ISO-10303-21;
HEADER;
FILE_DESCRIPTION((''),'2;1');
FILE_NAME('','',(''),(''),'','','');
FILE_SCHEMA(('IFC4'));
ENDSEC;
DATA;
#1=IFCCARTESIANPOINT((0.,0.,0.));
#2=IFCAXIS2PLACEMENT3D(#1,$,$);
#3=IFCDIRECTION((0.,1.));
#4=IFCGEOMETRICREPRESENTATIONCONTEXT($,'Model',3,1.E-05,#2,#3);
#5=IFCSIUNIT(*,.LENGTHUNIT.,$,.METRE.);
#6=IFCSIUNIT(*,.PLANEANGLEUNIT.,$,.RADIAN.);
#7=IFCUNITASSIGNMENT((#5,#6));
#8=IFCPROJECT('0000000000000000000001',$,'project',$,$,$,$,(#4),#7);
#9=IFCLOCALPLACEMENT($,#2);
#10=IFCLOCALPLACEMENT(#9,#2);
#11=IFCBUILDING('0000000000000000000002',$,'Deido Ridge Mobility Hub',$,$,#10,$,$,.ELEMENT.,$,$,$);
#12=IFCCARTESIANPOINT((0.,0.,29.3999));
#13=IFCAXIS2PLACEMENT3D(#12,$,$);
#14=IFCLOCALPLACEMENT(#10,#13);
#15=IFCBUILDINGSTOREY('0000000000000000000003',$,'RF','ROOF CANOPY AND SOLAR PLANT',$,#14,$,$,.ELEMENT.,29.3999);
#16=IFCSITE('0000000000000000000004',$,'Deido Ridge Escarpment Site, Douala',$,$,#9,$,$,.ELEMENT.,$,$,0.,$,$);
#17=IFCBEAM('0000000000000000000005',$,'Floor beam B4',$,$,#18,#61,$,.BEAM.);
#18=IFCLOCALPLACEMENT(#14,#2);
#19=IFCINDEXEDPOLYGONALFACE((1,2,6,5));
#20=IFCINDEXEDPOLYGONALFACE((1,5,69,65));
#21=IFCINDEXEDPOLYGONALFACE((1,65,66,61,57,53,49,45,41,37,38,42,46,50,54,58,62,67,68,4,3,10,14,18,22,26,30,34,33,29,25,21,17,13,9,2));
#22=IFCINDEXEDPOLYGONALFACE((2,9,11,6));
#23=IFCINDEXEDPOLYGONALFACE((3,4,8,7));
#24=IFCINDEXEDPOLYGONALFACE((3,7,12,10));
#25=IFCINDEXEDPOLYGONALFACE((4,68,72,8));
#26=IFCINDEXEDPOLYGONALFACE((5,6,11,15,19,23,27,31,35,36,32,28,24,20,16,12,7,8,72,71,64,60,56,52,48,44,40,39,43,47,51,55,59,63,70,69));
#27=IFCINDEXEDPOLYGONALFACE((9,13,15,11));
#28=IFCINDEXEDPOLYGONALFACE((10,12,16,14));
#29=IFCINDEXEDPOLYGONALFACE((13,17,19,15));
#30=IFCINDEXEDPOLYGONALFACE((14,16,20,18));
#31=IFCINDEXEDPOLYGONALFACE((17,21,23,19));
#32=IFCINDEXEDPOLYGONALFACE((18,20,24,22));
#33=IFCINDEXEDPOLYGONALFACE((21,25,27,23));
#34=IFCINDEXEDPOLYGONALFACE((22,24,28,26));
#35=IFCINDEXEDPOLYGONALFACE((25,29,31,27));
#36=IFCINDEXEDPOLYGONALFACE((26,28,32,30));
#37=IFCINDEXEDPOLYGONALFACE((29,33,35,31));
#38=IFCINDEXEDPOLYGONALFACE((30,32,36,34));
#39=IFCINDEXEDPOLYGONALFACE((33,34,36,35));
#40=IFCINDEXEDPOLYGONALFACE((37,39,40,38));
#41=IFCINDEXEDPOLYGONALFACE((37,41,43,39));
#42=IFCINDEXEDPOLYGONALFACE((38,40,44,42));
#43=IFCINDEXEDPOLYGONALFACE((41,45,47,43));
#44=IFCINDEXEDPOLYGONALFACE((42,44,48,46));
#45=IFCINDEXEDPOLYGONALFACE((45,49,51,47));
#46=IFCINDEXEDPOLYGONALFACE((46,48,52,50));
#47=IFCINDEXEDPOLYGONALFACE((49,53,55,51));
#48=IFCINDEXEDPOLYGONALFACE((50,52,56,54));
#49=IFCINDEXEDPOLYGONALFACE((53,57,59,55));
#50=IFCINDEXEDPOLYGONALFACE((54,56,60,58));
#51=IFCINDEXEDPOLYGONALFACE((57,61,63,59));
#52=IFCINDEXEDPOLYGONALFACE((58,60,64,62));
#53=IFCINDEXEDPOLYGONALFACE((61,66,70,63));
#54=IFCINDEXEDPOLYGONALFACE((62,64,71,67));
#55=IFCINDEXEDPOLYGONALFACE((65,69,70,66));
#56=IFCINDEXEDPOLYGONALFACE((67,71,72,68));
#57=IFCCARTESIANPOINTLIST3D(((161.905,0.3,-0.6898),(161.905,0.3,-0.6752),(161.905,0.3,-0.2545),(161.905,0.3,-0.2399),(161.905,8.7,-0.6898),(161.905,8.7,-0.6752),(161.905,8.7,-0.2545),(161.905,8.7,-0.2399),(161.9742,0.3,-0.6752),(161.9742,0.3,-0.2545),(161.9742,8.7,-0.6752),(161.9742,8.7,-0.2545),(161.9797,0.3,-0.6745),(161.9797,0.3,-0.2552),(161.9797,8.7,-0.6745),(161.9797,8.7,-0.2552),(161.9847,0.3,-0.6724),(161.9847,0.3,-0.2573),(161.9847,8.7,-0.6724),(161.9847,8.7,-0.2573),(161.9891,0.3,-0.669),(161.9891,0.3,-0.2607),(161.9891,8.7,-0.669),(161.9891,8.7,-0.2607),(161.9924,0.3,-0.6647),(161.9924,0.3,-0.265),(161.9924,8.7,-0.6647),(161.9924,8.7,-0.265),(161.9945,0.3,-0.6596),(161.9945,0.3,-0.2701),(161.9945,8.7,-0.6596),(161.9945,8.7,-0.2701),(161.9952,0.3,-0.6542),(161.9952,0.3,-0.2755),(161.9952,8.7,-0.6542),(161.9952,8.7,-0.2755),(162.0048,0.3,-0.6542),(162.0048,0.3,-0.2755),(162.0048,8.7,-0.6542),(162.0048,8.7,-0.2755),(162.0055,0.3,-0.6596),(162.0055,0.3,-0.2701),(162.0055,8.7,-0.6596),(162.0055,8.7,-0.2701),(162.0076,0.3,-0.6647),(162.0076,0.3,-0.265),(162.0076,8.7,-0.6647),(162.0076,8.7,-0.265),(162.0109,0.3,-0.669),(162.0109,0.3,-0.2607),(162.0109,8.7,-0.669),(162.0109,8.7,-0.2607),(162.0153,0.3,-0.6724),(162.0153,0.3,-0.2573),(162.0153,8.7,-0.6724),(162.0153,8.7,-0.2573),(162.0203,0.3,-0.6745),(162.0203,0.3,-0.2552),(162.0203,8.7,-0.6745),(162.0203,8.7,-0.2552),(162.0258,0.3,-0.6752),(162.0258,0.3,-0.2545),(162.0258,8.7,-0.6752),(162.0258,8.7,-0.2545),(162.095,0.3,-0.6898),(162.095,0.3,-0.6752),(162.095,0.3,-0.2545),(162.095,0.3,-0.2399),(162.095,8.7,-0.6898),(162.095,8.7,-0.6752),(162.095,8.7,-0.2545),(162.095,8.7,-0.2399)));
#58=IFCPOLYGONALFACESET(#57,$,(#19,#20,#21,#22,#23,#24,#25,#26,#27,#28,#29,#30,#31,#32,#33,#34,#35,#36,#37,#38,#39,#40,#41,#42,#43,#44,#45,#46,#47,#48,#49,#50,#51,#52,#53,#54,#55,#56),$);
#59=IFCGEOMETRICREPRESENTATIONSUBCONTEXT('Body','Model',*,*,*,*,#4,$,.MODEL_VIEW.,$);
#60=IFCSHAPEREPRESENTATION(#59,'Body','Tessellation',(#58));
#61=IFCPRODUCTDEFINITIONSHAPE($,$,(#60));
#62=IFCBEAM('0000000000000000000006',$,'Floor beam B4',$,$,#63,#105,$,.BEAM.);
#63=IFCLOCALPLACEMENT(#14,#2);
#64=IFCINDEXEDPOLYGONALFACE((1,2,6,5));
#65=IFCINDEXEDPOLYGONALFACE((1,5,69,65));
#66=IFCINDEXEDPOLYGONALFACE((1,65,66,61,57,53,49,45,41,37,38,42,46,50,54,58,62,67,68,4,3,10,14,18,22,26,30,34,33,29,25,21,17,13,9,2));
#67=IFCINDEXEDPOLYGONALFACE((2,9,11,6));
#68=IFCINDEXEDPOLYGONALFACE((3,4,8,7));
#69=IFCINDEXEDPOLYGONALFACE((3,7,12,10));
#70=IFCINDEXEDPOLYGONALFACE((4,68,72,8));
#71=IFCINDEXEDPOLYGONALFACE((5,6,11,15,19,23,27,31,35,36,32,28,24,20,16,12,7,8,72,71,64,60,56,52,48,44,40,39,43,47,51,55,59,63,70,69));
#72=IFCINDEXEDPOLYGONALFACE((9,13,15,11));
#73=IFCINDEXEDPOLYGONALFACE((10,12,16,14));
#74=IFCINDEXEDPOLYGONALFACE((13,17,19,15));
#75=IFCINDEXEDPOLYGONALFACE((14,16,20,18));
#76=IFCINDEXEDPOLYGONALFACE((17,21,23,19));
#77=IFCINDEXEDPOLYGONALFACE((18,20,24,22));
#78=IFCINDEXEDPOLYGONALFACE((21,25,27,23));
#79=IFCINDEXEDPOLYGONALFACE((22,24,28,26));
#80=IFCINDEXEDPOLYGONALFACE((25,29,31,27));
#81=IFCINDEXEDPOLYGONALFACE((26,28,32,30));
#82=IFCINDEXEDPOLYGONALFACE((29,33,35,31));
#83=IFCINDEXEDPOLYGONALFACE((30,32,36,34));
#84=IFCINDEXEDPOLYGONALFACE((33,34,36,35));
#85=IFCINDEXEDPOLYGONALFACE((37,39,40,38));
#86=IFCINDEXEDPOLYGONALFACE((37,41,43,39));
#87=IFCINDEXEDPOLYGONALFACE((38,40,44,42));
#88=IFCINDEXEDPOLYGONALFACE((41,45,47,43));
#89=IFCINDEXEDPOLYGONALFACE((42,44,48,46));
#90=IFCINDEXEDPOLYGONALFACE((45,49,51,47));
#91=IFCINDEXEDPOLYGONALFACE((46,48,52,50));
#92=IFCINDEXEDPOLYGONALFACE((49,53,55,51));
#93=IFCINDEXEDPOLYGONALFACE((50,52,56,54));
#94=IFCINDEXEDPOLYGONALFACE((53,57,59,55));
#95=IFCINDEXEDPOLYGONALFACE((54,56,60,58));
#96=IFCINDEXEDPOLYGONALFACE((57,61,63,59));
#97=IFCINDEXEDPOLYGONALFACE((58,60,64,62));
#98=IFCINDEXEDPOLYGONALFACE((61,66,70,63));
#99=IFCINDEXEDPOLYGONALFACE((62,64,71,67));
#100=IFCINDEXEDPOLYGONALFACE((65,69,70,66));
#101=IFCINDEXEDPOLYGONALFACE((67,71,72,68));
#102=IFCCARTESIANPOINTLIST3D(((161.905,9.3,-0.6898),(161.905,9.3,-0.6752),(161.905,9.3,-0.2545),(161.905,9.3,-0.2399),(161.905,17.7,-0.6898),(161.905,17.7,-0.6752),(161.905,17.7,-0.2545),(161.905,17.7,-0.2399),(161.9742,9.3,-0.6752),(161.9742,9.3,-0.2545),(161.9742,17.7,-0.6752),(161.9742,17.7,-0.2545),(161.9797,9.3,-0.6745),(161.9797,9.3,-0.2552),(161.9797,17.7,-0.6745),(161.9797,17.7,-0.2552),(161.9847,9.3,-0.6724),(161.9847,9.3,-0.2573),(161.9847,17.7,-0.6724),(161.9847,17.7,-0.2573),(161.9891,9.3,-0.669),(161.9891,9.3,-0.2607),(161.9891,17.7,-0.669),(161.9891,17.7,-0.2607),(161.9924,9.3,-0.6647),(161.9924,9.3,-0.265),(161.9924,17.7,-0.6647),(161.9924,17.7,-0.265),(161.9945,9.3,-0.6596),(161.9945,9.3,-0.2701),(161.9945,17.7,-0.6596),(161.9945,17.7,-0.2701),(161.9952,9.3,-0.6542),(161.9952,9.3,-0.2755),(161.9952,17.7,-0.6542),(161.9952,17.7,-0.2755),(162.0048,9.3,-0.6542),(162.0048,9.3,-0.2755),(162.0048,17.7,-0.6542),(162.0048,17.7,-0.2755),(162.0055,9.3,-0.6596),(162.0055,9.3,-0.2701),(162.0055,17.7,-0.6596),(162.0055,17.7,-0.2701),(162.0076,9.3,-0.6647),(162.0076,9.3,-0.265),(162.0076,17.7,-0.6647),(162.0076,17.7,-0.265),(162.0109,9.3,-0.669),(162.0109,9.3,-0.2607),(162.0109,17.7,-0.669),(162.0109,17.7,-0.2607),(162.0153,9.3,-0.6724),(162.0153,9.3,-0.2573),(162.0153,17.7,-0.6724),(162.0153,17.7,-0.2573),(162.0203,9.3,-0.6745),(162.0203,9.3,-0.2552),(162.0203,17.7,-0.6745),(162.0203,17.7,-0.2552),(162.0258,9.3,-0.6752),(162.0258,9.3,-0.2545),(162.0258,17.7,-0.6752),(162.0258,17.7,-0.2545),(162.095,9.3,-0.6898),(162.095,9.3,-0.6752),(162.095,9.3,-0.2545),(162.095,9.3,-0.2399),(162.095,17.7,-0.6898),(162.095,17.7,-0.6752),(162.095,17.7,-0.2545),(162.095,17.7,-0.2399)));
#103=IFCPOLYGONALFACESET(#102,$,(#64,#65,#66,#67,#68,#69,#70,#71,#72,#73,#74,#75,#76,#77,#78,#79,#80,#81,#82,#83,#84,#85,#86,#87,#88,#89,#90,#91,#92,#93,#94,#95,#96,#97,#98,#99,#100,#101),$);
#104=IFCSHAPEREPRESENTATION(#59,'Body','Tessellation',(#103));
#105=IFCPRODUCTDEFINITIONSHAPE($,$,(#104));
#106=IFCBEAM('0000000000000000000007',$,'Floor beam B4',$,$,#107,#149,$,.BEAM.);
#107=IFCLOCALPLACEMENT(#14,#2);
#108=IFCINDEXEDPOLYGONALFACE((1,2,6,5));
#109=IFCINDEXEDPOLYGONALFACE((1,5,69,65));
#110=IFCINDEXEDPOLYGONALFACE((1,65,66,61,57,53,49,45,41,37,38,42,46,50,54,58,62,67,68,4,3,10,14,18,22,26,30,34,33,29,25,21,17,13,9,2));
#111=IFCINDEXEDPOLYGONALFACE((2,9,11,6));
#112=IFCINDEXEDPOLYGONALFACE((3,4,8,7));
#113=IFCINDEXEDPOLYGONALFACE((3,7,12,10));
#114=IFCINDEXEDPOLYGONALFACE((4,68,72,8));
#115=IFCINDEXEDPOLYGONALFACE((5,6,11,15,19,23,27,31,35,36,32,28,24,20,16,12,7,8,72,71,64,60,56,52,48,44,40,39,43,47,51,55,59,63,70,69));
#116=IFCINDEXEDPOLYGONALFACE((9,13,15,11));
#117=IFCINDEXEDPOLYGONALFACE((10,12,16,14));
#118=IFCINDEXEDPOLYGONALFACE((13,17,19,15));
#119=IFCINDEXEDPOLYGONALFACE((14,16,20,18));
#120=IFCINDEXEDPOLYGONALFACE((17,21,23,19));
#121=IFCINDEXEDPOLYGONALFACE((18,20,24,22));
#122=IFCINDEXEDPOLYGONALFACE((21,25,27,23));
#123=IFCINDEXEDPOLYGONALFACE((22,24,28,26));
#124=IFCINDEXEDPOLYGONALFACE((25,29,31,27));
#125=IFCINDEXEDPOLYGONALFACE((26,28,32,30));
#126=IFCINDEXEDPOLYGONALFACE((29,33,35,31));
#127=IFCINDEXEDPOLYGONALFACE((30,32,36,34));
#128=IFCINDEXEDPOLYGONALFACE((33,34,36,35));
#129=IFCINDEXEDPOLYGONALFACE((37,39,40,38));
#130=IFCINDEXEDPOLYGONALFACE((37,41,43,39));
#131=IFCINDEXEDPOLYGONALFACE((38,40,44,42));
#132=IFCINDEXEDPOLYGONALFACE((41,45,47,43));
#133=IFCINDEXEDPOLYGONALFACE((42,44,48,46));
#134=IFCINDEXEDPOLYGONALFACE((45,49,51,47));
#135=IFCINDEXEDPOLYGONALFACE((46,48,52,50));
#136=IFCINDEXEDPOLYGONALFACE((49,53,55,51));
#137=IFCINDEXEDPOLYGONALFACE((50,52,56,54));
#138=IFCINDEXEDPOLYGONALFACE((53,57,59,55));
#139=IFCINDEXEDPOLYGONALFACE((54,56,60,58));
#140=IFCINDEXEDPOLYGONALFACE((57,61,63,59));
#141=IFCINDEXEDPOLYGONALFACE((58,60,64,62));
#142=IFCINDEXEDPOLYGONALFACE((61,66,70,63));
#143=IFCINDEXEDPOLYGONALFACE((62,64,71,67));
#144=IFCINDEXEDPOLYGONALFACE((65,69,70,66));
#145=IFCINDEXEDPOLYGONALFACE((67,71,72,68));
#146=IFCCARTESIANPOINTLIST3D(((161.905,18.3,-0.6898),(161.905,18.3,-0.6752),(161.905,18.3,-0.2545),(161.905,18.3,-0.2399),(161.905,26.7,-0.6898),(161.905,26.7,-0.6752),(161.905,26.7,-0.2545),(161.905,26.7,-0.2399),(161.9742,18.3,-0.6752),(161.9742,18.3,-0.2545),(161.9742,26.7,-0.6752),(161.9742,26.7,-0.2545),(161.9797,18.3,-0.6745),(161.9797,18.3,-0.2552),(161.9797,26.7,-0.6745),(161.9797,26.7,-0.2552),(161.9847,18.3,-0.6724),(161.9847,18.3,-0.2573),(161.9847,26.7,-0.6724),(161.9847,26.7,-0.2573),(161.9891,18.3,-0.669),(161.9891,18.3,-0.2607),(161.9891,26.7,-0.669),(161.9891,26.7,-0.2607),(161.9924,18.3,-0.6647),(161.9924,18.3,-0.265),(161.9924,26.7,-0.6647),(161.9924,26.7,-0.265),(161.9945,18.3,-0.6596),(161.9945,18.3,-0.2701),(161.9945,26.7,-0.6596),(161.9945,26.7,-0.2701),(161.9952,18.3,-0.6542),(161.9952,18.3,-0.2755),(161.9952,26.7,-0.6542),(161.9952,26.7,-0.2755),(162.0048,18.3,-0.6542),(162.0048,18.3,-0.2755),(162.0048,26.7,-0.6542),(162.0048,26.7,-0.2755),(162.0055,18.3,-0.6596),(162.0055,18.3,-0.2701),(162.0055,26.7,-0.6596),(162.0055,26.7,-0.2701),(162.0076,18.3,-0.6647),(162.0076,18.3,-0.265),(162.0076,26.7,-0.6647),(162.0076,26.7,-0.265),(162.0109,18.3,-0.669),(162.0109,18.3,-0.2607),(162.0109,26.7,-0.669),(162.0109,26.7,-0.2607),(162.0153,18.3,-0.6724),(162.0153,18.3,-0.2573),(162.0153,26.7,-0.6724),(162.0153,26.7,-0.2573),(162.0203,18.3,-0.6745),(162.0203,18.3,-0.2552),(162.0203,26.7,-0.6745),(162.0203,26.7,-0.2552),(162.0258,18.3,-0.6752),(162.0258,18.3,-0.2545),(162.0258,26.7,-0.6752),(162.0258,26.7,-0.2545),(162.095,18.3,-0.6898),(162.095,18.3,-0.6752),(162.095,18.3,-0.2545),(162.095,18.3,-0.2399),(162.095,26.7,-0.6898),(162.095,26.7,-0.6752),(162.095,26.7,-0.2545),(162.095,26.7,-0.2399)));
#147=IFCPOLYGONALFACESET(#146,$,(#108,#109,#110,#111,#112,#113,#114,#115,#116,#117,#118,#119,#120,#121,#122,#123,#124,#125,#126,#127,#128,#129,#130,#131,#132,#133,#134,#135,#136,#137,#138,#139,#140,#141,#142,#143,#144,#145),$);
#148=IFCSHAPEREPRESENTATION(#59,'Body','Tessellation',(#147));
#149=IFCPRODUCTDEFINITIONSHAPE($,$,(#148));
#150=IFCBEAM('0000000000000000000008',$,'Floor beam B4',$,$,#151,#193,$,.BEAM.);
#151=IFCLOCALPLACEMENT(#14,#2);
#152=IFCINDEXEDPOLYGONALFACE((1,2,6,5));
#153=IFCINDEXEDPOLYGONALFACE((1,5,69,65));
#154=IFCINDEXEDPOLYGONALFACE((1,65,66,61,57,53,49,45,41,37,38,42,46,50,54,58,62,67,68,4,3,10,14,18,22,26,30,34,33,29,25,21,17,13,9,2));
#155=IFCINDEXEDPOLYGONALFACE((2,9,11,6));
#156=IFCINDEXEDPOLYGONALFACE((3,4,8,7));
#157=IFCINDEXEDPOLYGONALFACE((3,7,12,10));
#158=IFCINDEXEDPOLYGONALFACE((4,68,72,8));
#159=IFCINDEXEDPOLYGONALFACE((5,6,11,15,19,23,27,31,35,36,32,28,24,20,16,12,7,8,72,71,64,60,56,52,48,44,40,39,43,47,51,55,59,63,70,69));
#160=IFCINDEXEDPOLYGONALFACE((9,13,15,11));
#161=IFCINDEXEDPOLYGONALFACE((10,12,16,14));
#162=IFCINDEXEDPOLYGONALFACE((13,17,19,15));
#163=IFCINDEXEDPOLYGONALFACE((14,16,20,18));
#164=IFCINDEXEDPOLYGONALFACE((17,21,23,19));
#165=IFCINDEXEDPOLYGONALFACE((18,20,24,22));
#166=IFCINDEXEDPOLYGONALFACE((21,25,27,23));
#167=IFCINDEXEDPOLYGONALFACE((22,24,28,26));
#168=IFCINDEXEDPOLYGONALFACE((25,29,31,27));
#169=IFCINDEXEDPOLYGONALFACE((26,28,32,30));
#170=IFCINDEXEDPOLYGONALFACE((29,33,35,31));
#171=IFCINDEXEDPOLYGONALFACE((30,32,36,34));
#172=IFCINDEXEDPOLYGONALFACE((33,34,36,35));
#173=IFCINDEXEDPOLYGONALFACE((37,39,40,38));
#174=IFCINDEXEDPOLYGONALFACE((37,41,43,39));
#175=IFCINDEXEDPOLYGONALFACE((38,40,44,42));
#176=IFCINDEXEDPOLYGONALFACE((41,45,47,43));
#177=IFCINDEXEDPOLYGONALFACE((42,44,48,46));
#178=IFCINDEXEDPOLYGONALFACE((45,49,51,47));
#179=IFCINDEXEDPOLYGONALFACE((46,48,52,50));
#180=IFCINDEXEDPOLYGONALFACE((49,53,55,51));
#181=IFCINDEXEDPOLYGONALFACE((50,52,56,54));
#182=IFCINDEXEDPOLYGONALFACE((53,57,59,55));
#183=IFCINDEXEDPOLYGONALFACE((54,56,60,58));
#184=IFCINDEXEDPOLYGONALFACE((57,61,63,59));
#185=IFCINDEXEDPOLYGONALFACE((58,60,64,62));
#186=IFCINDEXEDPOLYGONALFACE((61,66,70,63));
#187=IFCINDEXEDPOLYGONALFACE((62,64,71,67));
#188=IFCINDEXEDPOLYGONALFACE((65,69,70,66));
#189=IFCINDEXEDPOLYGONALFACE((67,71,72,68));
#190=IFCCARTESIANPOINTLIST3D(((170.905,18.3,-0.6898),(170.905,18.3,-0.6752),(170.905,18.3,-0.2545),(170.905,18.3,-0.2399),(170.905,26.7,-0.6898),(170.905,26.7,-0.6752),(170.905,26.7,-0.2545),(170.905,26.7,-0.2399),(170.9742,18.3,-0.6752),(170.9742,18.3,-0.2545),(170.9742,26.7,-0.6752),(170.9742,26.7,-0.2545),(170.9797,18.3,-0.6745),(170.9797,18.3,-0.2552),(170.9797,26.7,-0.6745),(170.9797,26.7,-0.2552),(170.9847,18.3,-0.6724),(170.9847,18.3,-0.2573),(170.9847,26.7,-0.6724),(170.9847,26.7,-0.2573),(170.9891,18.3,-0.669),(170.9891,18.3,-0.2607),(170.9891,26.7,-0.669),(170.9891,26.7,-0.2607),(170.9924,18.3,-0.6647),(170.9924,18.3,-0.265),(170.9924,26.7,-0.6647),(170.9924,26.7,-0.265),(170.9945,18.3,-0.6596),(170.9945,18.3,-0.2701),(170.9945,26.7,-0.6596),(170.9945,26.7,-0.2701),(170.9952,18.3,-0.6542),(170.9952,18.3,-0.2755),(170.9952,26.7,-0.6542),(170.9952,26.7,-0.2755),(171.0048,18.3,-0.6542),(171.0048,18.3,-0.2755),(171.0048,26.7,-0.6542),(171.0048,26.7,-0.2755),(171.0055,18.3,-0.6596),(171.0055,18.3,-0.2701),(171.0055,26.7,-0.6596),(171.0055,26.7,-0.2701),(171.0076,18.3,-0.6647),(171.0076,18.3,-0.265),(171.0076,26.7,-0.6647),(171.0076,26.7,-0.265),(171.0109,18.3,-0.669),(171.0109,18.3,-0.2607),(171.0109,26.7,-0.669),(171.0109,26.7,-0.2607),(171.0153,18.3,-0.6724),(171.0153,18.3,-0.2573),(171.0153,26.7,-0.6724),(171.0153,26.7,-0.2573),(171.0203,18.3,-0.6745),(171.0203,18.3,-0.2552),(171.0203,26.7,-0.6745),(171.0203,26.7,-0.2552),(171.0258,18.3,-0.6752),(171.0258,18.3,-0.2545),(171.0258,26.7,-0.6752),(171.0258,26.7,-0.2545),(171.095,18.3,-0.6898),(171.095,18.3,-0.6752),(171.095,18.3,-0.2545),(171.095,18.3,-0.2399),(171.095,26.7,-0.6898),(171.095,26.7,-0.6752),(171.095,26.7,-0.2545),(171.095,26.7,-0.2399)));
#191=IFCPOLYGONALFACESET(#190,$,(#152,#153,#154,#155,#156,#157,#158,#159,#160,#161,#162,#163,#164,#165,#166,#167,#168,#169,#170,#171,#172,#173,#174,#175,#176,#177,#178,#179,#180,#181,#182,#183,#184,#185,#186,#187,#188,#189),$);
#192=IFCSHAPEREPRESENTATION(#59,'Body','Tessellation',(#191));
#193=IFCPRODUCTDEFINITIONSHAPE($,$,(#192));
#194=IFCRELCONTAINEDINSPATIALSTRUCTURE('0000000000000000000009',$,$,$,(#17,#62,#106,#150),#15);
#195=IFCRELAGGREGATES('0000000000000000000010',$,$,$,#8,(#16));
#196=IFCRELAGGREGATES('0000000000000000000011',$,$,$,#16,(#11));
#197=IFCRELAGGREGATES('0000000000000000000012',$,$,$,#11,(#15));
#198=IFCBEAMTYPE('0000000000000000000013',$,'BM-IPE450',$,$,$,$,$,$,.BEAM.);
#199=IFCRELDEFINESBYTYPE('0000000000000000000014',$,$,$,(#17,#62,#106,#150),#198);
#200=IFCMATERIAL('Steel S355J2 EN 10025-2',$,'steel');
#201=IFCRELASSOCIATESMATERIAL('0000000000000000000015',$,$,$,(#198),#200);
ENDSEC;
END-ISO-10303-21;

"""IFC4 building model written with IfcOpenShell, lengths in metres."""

from ifc_helpers import new_model, si_unit, direction, frame, origin, origin_2d, place, context, subcontext, project, spatial, i_section, extrude, material, material_profile, profile_set, type_object, element, save


model = new_model("IFC4")

# Units and contexts
model_context = context("Model", 3, precision=1e-05, world=origin(), true_north=direction((0.0, 1.0)))
body_context = subcontext(model_context, "Body", "Model", "MODEL_VIEW")
ifc_project = project(units=[si_unit("LENGTHUNIT", "METRE"), si_unit("PLANEANGLEUNIT", "RADIAN")], contexts=[model_context])

# Site, building, storey
site_placement = place(None, origin())
site = spatial("IfcSite", under=ifc_project, at=site_placement, Name="Deido Ridge Escarpment Site, Douala", CompositionType="ELEMENT", RefElevation=0.0)
building_placement = place(site_placement, origin())
building = spatial("IfcBuilding", under=site, at=building_placement, Name="Deido Ridge Mobility Hub", CompositionType="ELEMENT")
storey_placement = place(building_placement, frame((0.0, 0.0, 29.3999)))
storey = spatial("IfcBuildingStorey", under=building, at=storey_placement, Name="RF", Description="ROOF CANOPY AND SOLAR PLANT", CompositionType="ELEMENT", Elevation=29.3999)

# Beams
ifc_material_1 = material(Name="Steel S355J2 EN 10025-2", Category="steel")
ifc_material_profile_1 = material_profile(ifc_material_1, i_section(OverallWidth=0.1899, OverallDepth=0.45, WebThickness=0.0095, FlangeThickness=0.0146, FilletRadius=0.021, at=origin_2d()), Name="IPE 450")
ifc_profile_set_1 = profile_set([ifc_material_profile_1], Name="Steel S355J2 EN 10025-2")
beam_type_1 = type_object("IfcBeamType", Name="BM-IPE450", PredefinedType="BEAM", material=ifc_profile_set_1)
for number, where, z_axis, x_axis, name in (
    (1, (162.0, 0.3, -0.4648), (0.0, 1.0, 0.0), (-1.0, 0.0, 0.0), "Floor beam B4"),
    (2, (162.0, 9.3, -0.4648), (0.0, 1.0, 0.0), (-1.0, 0.0, 0.0), "Floor beam B4"),
    (3, (162.0, 18.3, -0.4648), (0.0, 1.0, 0.0), (-1.0, 0.0, 0.0), "Floor beam B4"),
    (4, (171.0, 18.3, -0.4648), (0.0, 1.0, 0.0), (-1.0, 0.0, 0.0), "Floor beam B4"),
):
    element("IfcBeam", number, at=place(storey_placement, frame(where, z_axis=z_axis, x_axis=x_axis)), inside=storey, type_object=beam_type_1, Name=name, PredefinedType="BEAM", context=body_context, shape_type="SweptSolid", body=[
        extrude(i_section(OverallWidth=0.1899, OverallDepth=0.45, WebThickness=0.0095, FlangeThickness=0.0146, FilletRadius=0.021, at=origin_2d()), origin(), (0.0, 0.0, 1.0), 8.3999),
    ])

save(model, "model.ifc")
